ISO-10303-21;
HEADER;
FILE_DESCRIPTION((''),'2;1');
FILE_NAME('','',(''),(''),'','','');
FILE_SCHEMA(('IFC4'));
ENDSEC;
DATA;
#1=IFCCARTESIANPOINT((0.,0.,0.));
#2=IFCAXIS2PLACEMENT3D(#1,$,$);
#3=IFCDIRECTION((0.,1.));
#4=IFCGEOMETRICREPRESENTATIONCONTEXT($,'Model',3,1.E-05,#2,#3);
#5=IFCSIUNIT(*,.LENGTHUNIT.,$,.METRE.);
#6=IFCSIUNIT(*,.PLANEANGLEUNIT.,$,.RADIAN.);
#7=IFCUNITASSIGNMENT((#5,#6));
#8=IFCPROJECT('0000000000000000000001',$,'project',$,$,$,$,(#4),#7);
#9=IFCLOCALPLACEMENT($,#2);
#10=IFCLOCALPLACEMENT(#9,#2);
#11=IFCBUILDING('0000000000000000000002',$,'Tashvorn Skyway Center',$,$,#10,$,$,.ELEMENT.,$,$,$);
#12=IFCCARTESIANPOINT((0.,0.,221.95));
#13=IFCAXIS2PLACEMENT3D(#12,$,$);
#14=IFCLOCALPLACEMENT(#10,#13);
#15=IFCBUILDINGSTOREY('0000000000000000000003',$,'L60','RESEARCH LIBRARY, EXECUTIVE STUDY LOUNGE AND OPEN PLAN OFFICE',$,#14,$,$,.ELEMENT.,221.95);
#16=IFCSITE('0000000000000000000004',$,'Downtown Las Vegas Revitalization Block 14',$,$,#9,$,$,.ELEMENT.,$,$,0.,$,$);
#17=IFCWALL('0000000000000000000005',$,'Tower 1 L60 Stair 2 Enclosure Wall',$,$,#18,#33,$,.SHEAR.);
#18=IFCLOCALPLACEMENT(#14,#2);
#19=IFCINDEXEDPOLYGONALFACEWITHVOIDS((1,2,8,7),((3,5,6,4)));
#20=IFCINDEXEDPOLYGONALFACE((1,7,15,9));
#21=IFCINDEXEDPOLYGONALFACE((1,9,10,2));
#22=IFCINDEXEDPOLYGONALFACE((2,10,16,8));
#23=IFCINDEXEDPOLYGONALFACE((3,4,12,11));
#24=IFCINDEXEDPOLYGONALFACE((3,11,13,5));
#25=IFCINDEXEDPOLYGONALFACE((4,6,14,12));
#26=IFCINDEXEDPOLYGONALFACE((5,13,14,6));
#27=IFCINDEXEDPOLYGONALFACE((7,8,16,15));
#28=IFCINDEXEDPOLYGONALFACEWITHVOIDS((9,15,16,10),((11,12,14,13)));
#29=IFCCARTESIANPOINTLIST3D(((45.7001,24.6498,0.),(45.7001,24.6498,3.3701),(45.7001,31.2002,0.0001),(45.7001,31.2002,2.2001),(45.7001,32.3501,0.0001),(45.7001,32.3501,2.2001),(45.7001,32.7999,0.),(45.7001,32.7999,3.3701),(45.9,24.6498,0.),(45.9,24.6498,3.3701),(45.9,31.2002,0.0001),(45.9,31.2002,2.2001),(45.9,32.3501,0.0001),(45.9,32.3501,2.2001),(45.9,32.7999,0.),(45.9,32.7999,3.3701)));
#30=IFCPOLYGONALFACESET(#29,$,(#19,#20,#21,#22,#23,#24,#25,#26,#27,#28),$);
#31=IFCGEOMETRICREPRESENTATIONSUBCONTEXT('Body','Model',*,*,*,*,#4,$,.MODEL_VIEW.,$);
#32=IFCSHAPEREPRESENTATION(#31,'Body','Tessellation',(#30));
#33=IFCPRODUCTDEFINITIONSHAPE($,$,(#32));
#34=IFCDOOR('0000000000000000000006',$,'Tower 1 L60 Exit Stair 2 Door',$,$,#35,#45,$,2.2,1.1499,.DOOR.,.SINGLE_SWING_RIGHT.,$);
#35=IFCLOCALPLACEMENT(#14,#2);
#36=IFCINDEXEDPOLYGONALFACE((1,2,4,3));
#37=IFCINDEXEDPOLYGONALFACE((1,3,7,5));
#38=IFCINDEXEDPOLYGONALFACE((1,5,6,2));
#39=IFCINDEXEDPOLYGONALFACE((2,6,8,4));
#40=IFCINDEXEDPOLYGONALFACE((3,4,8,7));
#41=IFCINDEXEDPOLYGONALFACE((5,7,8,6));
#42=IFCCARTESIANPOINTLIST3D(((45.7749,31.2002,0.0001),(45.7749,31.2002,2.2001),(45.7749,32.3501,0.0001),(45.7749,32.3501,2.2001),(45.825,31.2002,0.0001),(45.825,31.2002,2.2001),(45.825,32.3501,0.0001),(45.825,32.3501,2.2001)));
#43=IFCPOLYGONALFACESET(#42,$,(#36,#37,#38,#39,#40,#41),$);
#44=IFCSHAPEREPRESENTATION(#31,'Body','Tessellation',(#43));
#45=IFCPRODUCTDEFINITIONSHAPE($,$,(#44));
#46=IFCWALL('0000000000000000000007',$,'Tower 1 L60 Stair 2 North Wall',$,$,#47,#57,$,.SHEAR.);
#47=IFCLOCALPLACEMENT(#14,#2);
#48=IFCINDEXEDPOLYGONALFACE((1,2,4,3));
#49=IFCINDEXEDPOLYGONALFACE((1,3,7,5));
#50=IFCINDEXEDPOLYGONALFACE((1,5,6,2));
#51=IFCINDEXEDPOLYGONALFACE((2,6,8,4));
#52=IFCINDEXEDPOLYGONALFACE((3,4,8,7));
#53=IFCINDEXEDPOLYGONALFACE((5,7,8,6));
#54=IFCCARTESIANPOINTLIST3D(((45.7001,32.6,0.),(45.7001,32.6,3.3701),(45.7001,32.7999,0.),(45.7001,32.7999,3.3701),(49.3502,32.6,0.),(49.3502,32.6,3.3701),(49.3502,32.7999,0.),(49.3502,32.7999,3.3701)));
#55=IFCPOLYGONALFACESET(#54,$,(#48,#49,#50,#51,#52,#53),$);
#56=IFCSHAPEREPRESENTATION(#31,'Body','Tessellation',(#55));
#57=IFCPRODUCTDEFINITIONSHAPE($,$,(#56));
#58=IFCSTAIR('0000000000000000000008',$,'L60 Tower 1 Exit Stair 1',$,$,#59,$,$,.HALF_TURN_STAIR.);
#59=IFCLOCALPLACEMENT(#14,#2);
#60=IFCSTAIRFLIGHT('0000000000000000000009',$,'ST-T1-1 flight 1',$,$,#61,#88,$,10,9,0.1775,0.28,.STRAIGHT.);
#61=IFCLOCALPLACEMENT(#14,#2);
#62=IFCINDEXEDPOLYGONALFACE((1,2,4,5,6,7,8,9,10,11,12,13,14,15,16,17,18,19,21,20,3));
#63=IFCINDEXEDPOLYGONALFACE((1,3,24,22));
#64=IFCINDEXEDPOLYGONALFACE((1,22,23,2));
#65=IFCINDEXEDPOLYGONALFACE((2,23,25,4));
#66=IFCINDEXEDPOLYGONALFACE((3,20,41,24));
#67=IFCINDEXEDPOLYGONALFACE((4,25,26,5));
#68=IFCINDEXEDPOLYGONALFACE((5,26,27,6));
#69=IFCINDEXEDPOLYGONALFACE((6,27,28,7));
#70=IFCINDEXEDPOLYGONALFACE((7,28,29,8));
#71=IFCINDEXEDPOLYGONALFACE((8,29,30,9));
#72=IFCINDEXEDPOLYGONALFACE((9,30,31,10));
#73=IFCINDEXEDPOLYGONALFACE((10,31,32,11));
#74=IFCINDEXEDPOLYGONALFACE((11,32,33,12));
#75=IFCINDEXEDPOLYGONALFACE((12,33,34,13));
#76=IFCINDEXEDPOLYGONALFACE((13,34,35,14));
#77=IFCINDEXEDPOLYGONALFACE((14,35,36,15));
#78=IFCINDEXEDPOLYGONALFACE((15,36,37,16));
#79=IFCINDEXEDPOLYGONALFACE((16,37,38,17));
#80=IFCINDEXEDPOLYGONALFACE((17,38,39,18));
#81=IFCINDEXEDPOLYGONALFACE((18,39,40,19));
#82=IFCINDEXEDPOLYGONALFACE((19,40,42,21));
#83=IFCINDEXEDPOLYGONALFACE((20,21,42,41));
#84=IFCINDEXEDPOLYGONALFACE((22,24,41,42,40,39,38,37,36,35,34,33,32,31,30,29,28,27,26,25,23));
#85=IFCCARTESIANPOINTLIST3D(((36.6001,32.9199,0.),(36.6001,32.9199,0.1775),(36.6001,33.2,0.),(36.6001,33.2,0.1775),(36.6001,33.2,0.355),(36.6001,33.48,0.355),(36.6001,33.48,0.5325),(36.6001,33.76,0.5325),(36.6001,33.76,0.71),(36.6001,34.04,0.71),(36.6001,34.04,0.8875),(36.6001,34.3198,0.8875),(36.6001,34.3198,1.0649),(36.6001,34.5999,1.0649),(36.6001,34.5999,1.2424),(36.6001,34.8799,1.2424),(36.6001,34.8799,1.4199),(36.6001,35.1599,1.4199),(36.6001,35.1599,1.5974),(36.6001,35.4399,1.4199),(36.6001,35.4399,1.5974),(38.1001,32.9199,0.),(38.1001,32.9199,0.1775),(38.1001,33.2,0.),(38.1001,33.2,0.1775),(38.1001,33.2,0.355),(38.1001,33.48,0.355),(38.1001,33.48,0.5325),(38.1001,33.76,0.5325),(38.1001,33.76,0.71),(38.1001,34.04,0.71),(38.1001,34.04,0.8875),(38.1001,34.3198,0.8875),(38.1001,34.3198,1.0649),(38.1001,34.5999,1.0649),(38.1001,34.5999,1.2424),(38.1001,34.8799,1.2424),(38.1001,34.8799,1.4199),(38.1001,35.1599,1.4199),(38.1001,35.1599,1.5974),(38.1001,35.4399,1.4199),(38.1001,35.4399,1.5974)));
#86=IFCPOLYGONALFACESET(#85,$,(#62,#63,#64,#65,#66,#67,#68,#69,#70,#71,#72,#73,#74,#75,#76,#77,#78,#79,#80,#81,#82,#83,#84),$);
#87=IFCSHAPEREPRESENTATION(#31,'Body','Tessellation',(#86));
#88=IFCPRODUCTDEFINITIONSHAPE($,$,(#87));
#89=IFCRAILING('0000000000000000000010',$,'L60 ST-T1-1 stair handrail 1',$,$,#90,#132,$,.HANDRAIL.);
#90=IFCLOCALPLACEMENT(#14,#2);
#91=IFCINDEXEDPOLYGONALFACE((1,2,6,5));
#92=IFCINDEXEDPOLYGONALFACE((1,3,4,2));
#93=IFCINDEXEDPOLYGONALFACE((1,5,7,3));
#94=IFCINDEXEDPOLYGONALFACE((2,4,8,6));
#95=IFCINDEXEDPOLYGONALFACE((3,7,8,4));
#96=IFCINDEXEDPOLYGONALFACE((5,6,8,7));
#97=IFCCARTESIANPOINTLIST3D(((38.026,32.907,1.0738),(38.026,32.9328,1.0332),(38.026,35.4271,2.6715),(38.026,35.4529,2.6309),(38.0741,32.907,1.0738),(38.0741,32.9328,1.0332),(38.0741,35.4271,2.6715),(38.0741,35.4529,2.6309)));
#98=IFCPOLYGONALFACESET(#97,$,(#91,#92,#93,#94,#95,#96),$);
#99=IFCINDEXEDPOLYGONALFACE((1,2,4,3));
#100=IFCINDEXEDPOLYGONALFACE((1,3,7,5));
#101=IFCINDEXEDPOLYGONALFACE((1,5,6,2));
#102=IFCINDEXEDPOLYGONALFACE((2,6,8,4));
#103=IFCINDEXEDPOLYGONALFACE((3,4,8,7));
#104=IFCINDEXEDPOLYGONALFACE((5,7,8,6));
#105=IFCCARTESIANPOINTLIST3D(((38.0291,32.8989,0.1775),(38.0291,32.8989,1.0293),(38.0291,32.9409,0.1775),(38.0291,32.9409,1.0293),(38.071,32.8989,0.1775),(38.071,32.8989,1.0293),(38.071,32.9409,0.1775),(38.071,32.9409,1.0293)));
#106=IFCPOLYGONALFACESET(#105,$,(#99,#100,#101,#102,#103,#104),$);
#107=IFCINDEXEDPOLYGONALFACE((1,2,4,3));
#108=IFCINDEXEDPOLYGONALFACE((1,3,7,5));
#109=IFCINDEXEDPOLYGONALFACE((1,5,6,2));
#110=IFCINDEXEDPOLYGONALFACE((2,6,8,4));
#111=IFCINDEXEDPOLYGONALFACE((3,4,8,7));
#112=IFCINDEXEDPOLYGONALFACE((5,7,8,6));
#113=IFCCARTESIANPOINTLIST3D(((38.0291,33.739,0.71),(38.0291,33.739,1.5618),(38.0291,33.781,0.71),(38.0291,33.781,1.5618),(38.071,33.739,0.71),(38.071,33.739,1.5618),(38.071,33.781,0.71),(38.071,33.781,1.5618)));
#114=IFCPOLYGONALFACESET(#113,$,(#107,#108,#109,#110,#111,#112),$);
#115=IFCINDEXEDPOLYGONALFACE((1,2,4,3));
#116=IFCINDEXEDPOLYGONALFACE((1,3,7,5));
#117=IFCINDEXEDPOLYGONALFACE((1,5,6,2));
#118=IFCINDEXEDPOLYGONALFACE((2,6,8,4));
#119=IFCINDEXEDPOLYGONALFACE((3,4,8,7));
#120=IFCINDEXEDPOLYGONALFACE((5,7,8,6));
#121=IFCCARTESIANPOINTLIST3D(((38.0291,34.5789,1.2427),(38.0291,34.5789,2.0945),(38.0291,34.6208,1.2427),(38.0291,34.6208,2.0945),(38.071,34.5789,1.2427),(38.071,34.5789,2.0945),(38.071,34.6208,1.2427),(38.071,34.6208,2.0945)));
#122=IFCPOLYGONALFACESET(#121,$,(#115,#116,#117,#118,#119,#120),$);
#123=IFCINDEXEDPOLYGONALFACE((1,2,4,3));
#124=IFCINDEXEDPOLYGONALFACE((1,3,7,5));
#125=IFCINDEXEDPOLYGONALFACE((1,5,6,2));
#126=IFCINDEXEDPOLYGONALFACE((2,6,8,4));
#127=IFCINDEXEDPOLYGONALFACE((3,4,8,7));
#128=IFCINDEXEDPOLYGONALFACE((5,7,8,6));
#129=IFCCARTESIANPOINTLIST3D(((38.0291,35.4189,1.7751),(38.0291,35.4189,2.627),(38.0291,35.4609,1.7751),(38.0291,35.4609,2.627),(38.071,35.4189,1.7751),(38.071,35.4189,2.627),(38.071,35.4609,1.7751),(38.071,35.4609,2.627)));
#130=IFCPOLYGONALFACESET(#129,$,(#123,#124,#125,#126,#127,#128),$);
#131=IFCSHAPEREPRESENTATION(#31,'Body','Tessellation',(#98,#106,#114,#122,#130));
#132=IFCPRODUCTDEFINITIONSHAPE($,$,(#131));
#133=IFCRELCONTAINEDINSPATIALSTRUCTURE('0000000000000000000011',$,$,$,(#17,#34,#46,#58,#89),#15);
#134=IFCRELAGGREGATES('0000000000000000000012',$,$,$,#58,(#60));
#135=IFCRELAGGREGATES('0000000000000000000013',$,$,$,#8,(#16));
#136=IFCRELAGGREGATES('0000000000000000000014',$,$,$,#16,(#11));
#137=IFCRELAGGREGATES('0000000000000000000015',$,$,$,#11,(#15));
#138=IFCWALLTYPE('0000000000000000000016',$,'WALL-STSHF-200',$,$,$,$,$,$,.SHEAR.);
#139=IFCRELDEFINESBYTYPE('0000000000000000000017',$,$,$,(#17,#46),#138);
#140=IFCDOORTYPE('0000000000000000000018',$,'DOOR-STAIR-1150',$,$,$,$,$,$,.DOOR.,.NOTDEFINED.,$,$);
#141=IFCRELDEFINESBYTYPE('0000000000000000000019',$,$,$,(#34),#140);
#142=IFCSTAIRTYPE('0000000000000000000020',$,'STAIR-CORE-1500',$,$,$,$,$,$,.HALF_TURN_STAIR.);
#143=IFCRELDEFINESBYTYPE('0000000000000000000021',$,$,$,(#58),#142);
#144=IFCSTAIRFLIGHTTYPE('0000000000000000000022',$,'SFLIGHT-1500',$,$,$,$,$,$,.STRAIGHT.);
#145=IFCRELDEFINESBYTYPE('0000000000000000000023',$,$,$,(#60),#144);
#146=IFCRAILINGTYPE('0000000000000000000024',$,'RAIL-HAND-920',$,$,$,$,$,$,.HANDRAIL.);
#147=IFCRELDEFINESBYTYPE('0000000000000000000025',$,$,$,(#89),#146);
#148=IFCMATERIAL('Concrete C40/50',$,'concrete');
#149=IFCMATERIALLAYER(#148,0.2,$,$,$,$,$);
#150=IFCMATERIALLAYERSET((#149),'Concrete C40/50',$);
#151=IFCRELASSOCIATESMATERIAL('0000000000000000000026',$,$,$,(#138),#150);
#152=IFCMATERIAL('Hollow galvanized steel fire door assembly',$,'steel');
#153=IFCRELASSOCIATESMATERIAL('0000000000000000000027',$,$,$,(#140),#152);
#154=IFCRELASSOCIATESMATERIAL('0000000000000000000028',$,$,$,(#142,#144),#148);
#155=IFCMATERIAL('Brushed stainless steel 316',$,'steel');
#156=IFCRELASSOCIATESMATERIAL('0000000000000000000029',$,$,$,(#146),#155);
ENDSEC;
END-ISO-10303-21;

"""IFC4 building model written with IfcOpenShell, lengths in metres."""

from ifc_helpers import new_model, si_unit, direction, frame, frame_2d, origin, origin_2d, place, context, subcontext, project, spatial, polyline, rectangle, outline, extrude, material, layer, layer_set, type_object, element, fill, aggregate, save


model = new_model("IFC4")

# Units and contexts
model_context = context("Model", 3, precision=1e-05, world=origin(), true_north=direction((0.0, 1.0)))
body_context = subcontext(model_context, "Body", "Model", "MODEL_VIEW")
ifc_project = project(units=[si_unit("LENGTHUNIT", "METRE"), si_unit("PLANEANGLEUNIT", "RADIAN")], contexts=[model_context])

# Site, building, storey
site_placement = place(None, origin())
site = spatial("IfcSite", under=ifc_project, at=site_placement, Name="Downtown Las Vegas Revitalization Block 14", CompositionType="ELEMENT", RefElevation=0.0)
building_placement = place(site_placement, origin())
building = spatial("IfcBuilding", under=site, at=building_placement, Name="Tashvorn Skyway Center", CompositionType="ELEMENT")
storey_placement = place(building_placement, frame((0.0, 0.0, 221.95)))
storey = spatial("IfcBuildingStorey", under=building, at=storey_placement, Name="L60", Description="RESEARCH LIBRARY, EXECUTIVE STUDY LOUNGE AND OPEN PLAN OFFICE", CompositionType="ELEMENT", Elevation=221.95)

# Shared definitions
ifc_material_1 = material(Name="Concrete C40/50", Category="concrete")

# Shared definitions
ifc_material_2 = material(Name="Hollow galvanized steel fire door assembly", Category="steel")

# Wall, opening, door
ifc_layer_1 = layer(ifc_material_1, 0.2)
ifc_layer_set_1 = layer_set([ifc_layer_1], Name="Concrete C40/50")
wall_type_1 = type_object("IfcWallType", Name="WALL-STSHF-200", PredefinedType="SHEAR", material=ifc_layer_set_1)
door_type_1 = type_object("IfcDoorType", Name="DOOR-STAIR-1150", OperationType="NOTDEFINED", PredefinedType="DOOR", material=ifc_material_2)
wall_1_placement = place(storey_placement, frame((45.8, 32.8, 0.0), z_axis=(0.0, 0.0, 1.0), x_axis=(0.0, -1.0, 0.0)))
wall_1 = element("IfcWall", 1, at=wall_1_placement, inside=storey, type_object=wall_type_1, Name="Tower 1 L60 Stair 2 Enclosure Wall", PredefinedType="SHEAR", context=body_context, shape_type="SweptSolid", body=[
    extrude(rectangle(XDim=8.1501, YDim=0.2, at=frame_2d((4.0752, 0.0))), origin(), (0.0, 0.0, 1.0), 3.3701),
])
opening_1_placement = place(wall_1_placement, frame((0.45, 0.0, 0.0)))
opening_1 = element("IfcOpeningElement", 2, at=opening_1_placement, cuts=wall_1, PredefinedType="OPENING", context=body_context, shape_type="SweptSolid", body=[
    extrude(rectangle(XDim=1.1499, YDim=2.2, at=frame_2d((0.575, 1.1001))), frame((0.0, 0.1099, 0.0), z_axis=(0.0, -1.0, 0.0), x_axis=(1.0, 0.0, 0.0)), (0.0, 0.0, 1.0), 0.22),
])
door_1_placement = place(opening_1_placement, origin())
door_1 = element("IfcDoor", 3, at=door_1_placement, inside=storey, type_object=door_type_1, Name="Tower 1 L60 Exit Stair 2 Door", OperationType="SINGLE_SWING_RIGHT", OverallHeight=2.2, OverallWidth=1.1499, PredefinedType="DOOR", context=body_context, shape_type="SweptSolid", body=[
    extrude(rectangle(XDim=1.1499, YDim=2.2, at=frame_2d((0.575, 1.1001))), frame((0.0, 0.0249, 0.0), z_axis=(0.0, -1.0, 0.0), x_axis=(1.0, 0.0, 0.0)), (0.0, 0.0, 1.0), 0.05),
])
fill(opening_1, door_1)

# Wall
wall_2_placement = place(storey_placement, frame((45.7, 32.7, 0.0), z_axis=(0.0, 0.0, 1.0), x_axis=(1.0, 0.0, 0.0)))
element("IfcWall", 4, at=wall_2_placement, inside=storey, type_object=wall_type_1, Name="Tower 1 L60 Stair 2 North Wall", PredefinedType="SHEAR", context=body_context, shape_type="SweptSolid", body=[
    extrude(rectangle(XDim=3.6501, YDim=0.2, at=frame_2d((1.8252, 0.0))), origin(), (0.0, 0.0, 1.0), 3.3701),
])

# Stair, stair flight
stair_type = type_object("IfcStairType", Name="STAIR-CORE-1500", PredefinedType="HALF_TURN_STAIR", material=ifc_material_1)
stair_placement = place(storey_placement, origin())
stair = element("IfcStair", 5, at=stair_placement, inside=storey, type_object=stair_type, Name="L60 Tower 1 Exit Stair 1", PredefinedType="HALF_TURN_STAIR")
stair_flight_type = type_object("IfcStairFlightType", Name="SFLIGHT-1500", PredefinedType="STRAIGHT", material=ifc_material_1)
stair_flight_placement = place(storey_placement, frame((37.3501, 32.9199, 0.0), z_axis=(0.0, 0.0, 1.0), x_axis=(0.0, 1.0, 0.0)))
stair_flight = element("IfcStairFlight", 6, at=stair_flight_placement, type_object=stair_flight_type, Name="ST-T1-1 flight 1", NumberOfRisers=10, NumberOfTreads=9, PredefinedType="STRAIGHT", RiserHeight=0.1775, TreadLength=0.28, context=body_context, shape_type="SweptSolid", body=[
    extrude(outline(polyline([(0.0, 0.0), (0.0, 0.1775), (0.28, 0.1775), (0.28, 0.355), (0.5601, 0.355), (0.5601, 0.5325), (0.8401, 0.5325), (0.8401, 0.71), (1.1201, 0.71), (1.1201, 0.8875), (1.3999, 0.8875), (1.3999, 1.0649), (1.6799, 1.0649), (1.6799, 1.2424), (1.96, 1.2424), (1.96, 1.4199), (2.24, 1.4199), (2.24, 1.5974), (2.52, 1.5974), (2.52, 1.7749), (2.52, 1.4199), (0.28, 0.0), (0.0, 0.0)])), frame((0.0, 0.75, 0.0), z_axis=(0.0, -1.0, 0.0), x_axis=(1.0, 0.0, 0.0)), (0.0, 0.0, 1.0), 1.5),
])
aggregate(stair, [stair_flight])

# Railing
ifc_material_3 = material(Name="Brushed stainless steel 316", Category="steel")
railing_type = type_object("IfcRailingType", Name="RAIL-HAND-920", PredefinedType="HANDRAIL", material=ifc_material_3)
railing_placement = place(storey_placement, frame((38.05, 32.9199, 0.1775)))
element("IfcRailing", 7, at=railing_placement, inside=storey, type_object=railing_type, Name="L60 ST-T1-1 stair handrail 1", PredefinedType="HANDRAIL", context=body_context, shape_type="SweptSolid", body=[
    extrude(rectangle(XDim=0.0481, YDim=0.0481, at=origin_2d()), frame((0.0, 0.0, 0.876), z_axis=(0.0, 0.84457, 0.535445), x_axis=(-1.0, 0.0, 0.0)), (0.0, 0.0, 1.0), 2.9839),
    extrude(rectangle(XDim=0.042, YDim=0.042, at=origin_2d()), origin(), (0.0, 0.0, 1.0), 0.8518),
    extrude(rectangle(XDim=0.042, YDim=0.042, at=origin_2d()), frame((0.0, 0.8401, 0.5325)), (0.0, 0.0, 1.0), 0.8518),
    extrude(rectangle(XDim=0.042, YDim=0.042, at=origin_2d()), frame((0.0, 1.6799, 1.0652)), (0.0, 0.0, 1.0), 0.8518),
    extrude(rectangle(XDim=0.042, YDim=0.042, at=origin_2d()), frame((0.0, 2.52, 1.5977)), (0.0, 0.0, 1.0), 0.8518),
])

save(model, "model.ifc")
